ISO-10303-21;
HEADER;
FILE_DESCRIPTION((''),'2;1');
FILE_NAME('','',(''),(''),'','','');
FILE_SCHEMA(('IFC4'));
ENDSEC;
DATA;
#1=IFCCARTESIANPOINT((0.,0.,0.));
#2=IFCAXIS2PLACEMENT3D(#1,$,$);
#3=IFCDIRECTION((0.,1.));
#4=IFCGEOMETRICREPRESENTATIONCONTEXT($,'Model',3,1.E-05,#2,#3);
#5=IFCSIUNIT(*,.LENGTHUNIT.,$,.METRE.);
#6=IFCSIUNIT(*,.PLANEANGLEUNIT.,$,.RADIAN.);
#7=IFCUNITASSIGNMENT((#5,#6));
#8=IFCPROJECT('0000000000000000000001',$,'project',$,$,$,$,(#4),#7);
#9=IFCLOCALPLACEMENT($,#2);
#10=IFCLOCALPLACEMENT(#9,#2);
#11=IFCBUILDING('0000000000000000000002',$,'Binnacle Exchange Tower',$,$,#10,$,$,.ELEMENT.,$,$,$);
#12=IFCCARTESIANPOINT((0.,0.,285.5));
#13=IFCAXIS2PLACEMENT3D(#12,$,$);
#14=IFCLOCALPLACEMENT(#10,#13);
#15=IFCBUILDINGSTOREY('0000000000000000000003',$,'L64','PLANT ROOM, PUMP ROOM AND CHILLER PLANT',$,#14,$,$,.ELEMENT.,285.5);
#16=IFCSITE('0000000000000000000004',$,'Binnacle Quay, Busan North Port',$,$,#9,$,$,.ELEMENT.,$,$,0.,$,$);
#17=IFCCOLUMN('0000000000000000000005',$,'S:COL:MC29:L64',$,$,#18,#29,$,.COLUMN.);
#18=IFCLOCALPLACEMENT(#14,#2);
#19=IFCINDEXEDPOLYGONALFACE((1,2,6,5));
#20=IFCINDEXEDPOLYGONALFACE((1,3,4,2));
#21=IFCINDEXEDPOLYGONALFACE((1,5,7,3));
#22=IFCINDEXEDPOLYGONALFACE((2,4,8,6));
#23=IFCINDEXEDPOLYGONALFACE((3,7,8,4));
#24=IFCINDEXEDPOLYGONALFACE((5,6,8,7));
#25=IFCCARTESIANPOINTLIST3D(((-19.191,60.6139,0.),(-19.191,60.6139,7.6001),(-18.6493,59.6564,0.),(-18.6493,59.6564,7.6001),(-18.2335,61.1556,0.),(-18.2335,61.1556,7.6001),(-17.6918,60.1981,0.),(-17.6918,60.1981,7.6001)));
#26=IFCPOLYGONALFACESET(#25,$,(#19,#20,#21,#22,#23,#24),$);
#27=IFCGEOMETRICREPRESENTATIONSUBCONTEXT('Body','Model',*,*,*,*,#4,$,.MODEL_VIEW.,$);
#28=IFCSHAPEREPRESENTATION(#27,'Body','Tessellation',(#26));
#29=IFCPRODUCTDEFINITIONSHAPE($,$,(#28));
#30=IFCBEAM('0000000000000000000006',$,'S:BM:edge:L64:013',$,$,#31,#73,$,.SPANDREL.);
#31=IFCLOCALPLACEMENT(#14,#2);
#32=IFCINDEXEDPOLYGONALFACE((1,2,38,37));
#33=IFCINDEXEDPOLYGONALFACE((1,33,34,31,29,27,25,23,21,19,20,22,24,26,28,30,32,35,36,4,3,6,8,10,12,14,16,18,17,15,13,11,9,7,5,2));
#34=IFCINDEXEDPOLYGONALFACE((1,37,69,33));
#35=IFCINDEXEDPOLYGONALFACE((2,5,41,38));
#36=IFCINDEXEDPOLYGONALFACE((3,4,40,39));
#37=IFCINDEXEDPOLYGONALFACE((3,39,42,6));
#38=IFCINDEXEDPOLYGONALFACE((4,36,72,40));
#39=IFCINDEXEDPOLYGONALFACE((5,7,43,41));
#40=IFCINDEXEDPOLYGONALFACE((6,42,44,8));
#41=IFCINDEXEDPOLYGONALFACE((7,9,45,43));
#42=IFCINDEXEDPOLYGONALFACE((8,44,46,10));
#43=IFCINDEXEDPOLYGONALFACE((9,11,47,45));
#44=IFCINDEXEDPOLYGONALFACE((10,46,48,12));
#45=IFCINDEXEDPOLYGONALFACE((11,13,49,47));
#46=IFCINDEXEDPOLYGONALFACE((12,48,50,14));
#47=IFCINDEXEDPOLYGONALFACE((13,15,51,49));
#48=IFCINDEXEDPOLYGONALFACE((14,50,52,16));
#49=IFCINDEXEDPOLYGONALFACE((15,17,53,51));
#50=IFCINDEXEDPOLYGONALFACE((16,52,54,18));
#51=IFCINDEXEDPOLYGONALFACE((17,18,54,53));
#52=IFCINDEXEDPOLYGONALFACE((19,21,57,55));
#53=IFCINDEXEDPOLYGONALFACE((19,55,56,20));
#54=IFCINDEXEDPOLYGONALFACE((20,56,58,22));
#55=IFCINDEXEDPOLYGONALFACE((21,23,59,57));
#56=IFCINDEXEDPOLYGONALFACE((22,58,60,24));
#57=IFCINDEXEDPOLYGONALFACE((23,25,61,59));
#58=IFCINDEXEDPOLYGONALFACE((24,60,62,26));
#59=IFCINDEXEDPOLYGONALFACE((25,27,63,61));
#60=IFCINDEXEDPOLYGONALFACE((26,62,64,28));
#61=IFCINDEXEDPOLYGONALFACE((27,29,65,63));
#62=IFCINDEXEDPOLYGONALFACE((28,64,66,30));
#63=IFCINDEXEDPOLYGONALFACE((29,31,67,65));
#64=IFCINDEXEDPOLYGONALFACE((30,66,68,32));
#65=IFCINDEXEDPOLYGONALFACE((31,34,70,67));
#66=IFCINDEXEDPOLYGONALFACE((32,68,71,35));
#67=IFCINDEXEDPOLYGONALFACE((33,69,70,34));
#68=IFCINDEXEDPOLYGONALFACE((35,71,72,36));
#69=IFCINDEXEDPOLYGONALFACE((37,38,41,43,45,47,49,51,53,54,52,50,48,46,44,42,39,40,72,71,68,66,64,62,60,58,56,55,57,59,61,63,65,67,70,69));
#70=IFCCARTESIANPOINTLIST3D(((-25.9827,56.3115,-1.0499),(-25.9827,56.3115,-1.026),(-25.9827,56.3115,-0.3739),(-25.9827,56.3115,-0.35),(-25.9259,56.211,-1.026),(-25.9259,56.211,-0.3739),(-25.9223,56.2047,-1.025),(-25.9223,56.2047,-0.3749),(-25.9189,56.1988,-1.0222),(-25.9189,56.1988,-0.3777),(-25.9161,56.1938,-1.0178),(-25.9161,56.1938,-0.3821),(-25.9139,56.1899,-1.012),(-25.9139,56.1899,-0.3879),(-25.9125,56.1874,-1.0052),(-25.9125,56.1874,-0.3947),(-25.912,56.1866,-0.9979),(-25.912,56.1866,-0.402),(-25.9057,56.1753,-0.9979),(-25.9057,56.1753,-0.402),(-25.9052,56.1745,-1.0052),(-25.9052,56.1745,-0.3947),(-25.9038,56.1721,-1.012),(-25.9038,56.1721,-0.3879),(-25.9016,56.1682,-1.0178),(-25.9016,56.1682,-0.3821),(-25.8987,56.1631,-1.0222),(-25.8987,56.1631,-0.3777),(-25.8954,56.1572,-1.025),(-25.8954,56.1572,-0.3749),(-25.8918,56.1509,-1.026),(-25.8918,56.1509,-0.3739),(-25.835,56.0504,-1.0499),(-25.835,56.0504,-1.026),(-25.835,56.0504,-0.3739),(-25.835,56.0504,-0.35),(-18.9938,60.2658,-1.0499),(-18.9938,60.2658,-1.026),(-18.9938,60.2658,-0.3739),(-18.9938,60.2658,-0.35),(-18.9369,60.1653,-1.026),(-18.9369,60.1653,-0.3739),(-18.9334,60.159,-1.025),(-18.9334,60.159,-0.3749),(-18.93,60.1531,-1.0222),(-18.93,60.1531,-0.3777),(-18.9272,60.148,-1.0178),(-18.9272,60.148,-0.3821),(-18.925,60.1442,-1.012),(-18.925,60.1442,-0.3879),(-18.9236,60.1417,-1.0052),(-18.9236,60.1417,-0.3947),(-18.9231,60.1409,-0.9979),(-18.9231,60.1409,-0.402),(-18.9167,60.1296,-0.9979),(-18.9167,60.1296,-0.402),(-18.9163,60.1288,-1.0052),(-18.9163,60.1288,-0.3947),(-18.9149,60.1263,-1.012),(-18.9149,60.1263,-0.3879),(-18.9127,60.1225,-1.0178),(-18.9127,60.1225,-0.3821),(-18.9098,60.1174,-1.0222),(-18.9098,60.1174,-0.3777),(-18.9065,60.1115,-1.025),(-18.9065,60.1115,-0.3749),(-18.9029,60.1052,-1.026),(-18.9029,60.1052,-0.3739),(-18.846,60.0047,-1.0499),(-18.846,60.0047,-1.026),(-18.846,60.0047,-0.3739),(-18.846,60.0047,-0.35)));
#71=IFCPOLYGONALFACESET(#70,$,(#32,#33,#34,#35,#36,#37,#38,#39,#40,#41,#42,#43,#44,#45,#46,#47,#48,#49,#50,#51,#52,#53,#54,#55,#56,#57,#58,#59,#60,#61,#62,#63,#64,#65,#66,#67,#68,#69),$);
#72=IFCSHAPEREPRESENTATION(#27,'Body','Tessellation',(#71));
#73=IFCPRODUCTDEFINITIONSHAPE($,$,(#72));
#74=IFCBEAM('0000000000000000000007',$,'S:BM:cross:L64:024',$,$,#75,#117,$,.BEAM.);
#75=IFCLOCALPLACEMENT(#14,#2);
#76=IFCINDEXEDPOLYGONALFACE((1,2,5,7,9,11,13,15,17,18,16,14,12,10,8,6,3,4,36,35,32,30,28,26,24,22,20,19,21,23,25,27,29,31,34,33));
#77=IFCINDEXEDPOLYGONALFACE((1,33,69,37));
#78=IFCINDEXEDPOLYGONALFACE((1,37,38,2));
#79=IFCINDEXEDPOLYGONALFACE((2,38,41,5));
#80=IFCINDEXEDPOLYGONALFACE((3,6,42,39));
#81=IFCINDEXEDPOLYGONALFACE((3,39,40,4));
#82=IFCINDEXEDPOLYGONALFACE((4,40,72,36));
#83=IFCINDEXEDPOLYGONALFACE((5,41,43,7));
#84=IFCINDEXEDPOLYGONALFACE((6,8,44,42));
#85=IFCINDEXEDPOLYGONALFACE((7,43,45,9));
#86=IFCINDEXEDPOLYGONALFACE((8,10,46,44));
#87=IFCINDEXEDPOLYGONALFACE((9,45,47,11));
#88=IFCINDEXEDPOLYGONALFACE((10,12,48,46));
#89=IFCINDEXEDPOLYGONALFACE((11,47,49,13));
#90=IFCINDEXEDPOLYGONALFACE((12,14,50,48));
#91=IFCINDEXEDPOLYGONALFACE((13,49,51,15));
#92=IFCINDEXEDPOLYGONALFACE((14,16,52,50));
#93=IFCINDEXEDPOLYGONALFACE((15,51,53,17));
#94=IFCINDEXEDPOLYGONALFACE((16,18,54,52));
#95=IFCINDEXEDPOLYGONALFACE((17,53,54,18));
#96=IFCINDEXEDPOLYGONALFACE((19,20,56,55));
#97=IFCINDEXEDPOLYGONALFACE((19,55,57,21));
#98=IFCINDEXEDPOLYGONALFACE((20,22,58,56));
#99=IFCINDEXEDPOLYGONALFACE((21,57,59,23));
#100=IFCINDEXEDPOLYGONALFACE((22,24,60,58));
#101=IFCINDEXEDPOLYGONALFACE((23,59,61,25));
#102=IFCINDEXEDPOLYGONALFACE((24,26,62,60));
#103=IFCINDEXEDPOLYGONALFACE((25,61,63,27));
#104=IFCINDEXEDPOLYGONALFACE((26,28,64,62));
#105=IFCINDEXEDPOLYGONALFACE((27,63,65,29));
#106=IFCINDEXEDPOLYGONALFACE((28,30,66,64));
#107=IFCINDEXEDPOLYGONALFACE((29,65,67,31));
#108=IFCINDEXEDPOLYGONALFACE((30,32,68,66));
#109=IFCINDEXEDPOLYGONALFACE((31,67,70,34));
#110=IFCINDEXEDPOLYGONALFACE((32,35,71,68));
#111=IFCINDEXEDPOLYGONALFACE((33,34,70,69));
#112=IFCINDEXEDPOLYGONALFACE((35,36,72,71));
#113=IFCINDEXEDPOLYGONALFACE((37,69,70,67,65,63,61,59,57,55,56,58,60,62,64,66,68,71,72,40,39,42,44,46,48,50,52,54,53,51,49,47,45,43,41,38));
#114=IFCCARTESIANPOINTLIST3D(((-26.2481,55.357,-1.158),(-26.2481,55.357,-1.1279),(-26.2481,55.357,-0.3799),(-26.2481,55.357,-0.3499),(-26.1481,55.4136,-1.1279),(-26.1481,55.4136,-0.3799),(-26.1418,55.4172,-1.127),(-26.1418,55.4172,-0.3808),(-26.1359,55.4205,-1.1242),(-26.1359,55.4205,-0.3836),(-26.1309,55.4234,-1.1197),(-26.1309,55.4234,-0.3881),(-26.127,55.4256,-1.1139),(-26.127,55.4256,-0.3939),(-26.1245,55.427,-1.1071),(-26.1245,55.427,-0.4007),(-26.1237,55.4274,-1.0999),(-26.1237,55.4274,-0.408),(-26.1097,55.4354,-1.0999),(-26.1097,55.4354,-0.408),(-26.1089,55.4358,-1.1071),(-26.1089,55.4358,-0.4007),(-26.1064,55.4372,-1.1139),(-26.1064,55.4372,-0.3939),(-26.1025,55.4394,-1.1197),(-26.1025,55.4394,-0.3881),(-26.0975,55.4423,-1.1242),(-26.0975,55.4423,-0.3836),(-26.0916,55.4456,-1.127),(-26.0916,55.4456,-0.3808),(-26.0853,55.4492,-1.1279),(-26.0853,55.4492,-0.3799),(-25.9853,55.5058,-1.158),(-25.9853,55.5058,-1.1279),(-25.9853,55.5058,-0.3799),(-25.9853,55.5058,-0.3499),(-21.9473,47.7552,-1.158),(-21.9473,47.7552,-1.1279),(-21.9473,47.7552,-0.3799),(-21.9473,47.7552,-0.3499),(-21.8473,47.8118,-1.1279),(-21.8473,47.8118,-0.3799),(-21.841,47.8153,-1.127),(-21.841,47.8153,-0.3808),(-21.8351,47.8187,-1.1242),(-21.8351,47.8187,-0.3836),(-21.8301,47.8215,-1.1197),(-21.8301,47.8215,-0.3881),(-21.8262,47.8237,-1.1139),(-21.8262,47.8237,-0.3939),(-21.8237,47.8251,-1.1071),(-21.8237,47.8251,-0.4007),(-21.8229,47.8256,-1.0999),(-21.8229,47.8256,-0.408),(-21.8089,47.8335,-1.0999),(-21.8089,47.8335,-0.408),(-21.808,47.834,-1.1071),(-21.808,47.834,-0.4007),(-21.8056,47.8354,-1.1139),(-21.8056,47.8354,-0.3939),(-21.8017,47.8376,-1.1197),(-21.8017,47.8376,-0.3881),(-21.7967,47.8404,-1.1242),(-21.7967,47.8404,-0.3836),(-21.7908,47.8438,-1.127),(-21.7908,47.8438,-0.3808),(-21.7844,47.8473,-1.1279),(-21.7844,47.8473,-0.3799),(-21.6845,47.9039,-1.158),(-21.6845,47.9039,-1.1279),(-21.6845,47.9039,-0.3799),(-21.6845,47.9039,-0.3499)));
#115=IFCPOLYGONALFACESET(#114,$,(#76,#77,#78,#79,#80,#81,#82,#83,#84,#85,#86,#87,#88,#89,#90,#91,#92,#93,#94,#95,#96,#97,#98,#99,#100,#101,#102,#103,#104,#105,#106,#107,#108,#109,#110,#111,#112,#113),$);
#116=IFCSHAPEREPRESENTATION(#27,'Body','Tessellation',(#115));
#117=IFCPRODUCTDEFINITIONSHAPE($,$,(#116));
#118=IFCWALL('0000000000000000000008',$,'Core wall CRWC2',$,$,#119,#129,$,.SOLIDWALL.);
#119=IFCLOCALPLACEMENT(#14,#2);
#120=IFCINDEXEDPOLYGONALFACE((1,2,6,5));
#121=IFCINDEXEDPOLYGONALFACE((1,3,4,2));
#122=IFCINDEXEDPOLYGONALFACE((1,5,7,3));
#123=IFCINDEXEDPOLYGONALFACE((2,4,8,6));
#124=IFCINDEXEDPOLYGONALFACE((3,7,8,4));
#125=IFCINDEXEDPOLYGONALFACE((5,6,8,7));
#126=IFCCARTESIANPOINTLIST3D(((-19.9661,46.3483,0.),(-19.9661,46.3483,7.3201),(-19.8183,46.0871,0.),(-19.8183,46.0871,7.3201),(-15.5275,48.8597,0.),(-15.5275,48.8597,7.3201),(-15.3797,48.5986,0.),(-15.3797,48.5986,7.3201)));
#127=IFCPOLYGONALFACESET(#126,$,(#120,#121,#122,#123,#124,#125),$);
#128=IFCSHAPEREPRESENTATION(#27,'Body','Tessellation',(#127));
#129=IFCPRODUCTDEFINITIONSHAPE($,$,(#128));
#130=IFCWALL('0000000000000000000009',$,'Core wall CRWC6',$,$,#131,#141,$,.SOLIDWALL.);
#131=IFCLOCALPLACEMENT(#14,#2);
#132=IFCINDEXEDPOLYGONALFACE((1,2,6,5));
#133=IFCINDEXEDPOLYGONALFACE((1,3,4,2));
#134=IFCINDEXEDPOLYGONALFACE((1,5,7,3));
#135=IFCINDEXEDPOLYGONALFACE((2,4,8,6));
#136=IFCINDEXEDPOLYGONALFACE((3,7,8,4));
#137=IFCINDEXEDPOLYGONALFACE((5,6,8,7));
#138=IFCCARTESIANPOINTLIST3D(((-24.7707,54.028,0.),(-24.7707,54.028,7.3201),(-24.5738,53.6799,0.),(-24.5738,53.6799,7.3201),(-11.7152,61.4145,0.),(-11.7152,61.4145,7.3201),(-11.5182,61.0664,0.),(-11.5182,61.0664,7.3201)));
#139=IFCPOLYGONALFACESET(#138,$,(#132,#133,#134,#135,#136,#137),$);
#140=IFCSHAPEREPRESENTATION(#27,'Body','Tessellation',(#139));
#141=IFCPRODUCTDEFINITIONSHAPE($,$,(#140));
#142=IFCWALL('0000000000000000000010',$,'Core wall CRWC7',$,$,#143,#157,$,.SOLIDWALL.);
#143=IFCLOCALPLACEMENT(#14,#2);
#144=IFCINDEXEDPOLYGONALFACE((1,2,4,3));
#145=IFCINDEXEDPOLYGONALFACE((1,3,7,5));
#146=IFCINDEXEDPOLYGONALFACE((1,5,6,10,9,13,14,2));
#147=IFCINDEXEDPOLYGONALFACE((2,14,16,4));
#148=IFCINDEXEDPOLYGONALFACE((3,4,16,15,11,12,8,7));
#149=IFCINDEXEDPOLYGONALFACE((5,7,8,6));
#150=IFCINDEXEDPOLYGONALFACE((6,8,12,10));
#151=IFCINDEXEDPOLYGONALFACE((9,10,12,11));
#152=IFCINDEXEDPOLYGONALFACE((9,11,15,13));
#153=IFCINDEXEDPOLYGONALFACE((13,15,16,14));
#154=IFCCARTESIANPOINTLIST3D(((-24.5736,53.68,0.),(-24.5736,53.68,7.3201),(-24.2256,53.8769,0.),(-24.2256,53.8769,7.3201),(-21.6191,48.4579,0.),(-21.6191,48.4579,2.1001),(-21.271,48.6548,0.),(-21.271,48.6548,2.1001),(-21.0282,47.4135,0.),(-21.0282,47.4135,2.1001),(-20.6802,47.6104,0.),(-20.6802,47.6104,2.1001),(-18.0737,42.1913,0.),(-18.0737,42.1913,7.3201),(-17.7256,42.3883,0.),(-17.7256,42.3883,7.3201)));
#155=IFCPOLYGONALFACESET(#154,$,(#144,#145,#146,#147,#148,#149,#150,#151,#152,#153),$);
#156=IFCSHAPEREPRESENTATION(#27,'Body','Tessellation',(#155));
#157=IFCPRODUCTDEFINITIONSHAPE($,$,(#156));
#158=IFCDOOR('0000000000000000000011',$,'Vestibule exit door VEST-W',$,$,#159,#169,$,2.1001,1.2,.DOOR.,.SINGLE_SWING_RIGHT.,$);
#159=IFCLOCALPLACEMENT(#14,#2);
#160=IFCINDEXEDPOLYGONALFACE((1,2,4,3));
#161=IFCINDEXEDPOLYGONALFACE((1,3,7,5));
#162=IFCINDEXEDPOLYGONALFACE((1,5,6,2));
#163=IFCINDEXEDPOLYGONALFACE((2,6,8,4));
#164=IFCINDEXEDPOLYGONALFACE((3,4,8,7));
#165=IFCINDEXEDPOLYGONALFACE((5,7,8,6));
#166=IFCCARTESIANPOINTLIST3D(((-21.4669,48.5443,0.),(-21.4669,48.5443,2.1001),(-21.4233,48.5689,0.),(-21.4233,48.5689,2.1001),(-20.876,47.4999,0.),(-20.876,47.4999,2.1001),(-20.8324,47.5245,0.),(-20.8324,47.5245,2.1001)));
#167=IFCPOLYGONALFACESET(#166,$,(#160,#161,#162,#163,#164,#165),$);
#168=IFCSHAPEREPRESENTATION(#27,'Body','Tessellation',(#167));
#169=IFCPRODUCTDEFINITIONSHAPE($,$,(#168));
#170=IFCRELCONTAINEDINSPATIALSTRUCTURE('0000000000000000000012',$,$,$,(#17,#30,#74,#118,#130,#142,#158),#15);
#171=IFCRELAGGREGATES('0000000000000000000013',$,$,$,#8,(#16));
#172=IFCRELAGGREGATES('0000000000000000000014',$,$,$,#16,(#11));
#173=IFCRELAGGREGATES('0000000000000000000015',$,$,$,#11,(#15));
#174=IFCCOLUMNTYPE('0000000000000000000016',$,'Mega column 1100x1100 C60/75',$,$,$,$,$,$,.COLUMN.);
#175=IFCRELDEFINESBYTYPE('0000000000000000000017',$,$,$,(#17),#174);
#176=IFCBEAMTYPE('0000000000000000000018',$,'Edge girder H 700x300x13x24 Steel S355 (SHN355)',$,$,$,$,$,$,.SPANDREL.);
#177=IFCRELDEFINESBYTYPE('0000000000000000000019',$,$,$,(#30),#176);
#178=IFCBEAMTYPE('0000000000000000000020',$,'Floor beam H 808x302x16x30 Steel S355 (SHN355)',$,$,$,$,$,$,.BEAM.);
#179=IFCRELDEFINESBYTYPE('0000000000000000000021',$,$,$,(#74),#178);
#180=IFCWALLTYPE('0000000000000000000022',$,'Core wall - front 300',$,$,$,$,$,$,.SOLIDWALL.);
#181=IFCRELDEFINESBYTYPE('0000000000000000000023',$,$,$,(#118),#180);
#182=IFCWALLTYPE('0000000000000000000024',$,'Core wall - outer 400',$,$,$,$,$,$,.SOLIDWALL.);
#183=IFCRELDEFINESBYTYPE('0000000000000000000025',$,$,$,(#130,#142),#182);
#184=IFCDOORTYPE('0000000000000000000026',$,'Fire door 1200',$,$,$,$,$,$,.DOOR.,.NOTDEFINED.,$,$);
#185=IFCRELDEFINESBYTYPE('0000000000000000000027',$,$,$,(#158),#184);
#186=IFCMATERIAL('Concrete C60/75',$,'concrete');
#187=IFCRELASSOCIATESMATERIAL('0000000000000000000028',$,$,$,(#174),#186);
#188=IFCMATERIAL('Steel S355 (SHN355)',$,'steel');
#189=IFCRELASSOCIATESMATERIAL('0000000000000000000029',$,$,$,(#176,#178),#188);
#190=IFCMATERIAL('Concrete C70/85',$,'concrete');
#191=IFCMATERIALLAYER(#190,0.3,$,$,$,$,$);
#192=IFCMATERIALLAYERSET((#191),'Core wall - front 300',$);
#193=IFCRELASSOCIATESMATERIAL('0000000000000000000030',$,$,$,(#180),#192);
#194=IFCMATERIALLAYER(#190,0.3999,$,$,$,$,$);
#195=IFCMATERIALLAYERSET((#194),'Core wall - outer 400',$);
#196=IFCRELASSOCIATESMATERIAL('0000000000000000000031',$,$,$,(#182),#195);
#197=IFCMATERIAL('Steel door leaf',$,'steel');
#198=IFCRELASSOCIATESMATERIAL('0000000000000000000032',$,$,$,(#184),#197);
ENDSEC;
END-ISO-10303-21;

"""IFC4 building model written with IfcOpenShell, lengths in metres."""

from ifc_helpers import new_model, si_unit, direction, frame, frame_2d, origin, origin_2d, place, context, subcontext, project, spatial, rectangle, i_section, extrude, material, layer, layer_set, material_profile, profile_set, type_object, element, fill, save


model = new_model("IFC4")

# Units and contexts
model_context = context("Model", 3, precision=1e-05, world=origin(), true_north=direction((0.0, 1.0)))
body_context = subcontext(model_context, "Body", "Model", "MODEL_VIEW")
ifc_project = project(units=[si_unit("LENGTHUNIT", "METRE"), si_unit("PLANEANGLEUNIT", "RADIAN")], contexts=[model_context])

# Site, building, storey
site_placement = place(None, origin())
site = spatial("IfcSite", under=ifc_project, at=site_placement, Name="Binnacle Quay, Busan North Port", CompositionType="ELEMENT", RefElevation=0.0)
building_placement = place(site_placement, origin())
building = spatial("IfcBuilding", under=site, at=building_placement, Name="Binnacle Exchange Tower", CompositionType="ELEMENT")
storey_placement = place(building_placement, frame((0.0, 0.0, 285.5)))
storey = spatial("IfcBuildingStorey", under=building, at=storey_placement, Name="L64", Description="PLANT ROOM, PUMP ROOM AND CHILLER PLANT", CompositionType="ELEMENT", Elevation=285.5)

# Column
ifc_material_1 = material(Name="Concrete C60/75", Category="concrete")
ifc_material_profile_1 = material_profile(ifc_material_1, rectangle(XDim=1.1001, YDim=1.1001, at=origin_2d()), Name="Mega column 1100x1100 C60/75")
ifc_profile_set_1 = profile_set([ifc_material_profile_1], Name="Concrete C60/75")
column_type = type_object("IfcColumnType", Name="Mega column 1100x1100 C60/75", PredefinedType="COLUMN", material=ifc_profile_set_1)
column_placement = place(storey_placement, frame((-18.4414, 60.406, 0.0), z_axis=(0.0, 0.0, 1.0), x_axis=(-0.870356, -0.492424, 0.0)))
element("IfcColumn", 1, at=column_placement, inside=storey, type_object=column_type, Name="S:COL:MC29:L64", PredefinedType="COLUMN", context=body_context, shape_type="SweptSolid", body=[
    extrude(rectangle(XDim=1.1001, YDim=1.1001, at=origin_2d()), origin(), (0.0, 0.0, 1.0), 7.6001),
])

# Beams
ifc_material_2 = material(Name="Steel S355 (SHN355)", Category="steel")
ifc_material_profile_2 = material_profile(ifc_material_2, i_section(OverallWidth=0.3, OverallDepth=0.7, WebThickness=0.0129, FlangeThickness=0.0239, FilletRadius=0.0281, at=origin_2d()), Name="H 700x300x13x24")
ifc_profile_set_2 = profile_set([ifc_material_profile_2], Name="Steel S355 (SHN355)")
beam_type_1 = type_object("IfcBeamType", Name="Edge girder H 700x300x13x24 Steel S355 (SHN355)", PredefinedType="SPANDREL", material=ifc_profile_set_2)
beam_1_placement = place(storey_placement, frame((-18.9199, 60.1353, -0.7), z_axis=(-0.870348, -0.492438, 0.0), x_axis=(0.492438, -0.870348, 0.0)))
element("IfcBeam", 2, at=beam_1_placement, inside=storey, type_object=beam_type_1, Name="S:BM:edge:L64:013", PredefinedType="SPANDREL", context=body_context, shape_type="SweptSolid", body=[
    extrude(i_section(OverallWidth=0.3, OverallDepth=0.7, WebThickness=0.0129, FlangeThickness=0.0239, FilletRadius=0.0281, at=origin_2d()), origin(), (0.0, 0.0, 1.0), 8.03),
])
ifc_material_profile_3 = material_profile(ifc_material_2, i_section(OverallWidth=0.302, OverallDepth=0.8081, WebThickness=0.0161, FlangeThickness=0.03, FilletRadius=0.0281, at=origin_2d()), Name="H 808x302x16x30")
ifc_profile_set_3 = profile_set([ifc_material_profile_3], Name="Steel S355 (SHN355)")
beam_type_2 = type_object("IfcBeamType", Name="Floor beam H 808x302x16x30 Steel S355 (SHN355)", PredefinedType="BEAM", material=ifc_profile_set_3)
beam_2_placement = place(storey_placement, frame((-26.1167, 55.4314, -0.7539), z_axis=(0.492414, -0.870361, 0.0), x_axis=(0.870361, 0.492414, 0.0)))
element("IfcBeam", 3, at=beam_2_placement, inside=storey, type_object=beam_type_2, Name="S:BM:cross:L64:024", PredefinedType="BEAM", context=body_context, shape_type="SweptSolid", body=[
    extrude(i_section(OverallWidth=0.302, OverallDepth=0.8081, WebThickness=0.0161, FlangeThickness=0.03, FilletRadius=0.0281, at=origin_2d()), origin(), (0.0, 0.0, 1.0), 8.7341),
])

# Walls
ifc_material_3 = material(Name="Concrete C70/85", Category="concrete")
ifc_layer_1 = layer(ifc_material_3, 0.3)
ifc_layer_set_1 = layer_set([ifc_layer_1], Name="Core wall - front 300")
wall_type_1 = type_object("IfcWallType", Name="Core wall - front 300", PredefinedType="SOLIDWALL", material=ifc_layer_set_1)
wall_1_placement = place(storey_placement, frame((-19.8921, 46.2178, 0.0), z_axis=(0.0, 0.0, 1.0), x_axis=(0.870342, 0.492448, 0.0)))
element("IfcWall", 4, at=wall_1_placement, inside=storey, type_object=wall_type_1, Name="Core wall CRWC2", PredefinedType="SOLIDWALL", context=body_context, shape_type="SweptSolid", body=[
    extrude(rectangle(XDim=5.0999, YDim=0.3, at=frame_2d((2.5498, 0.0))), origin(), (0.0, 0.0, 1.0), 7.3201),
])
ifc_layer_2 = layer(ifc_material_3, 0.3999)
ifc_layer_set_2 = layer_set([ifc_layer_2], Name="Core wall - outer 400")
wall_type_2 = type_object("IfcWallType", Name="Core wall - outer 400", PredefinedType="SOLIDWALL", material=ifc_layer_set_2)
wall_2_placement = place(storey_placement, frame((-24.6721, 53.854, 0.0), z_axis=(0.0, 0.0, 1.0), x_axis=(0.870354, 0.492427, 0.0)))
element("IfcWall", 5, at=wall_2_placement, inside=storey, type_object=wall_type_2, Name="Core wall CRWC6", PredefinedType="SOLIDWALL", context=body_context, shape_type="SweptSolid", body=[
    extrude(rectangle(XDim=15.0002, YDim=0.3999, at=frame_2d((7.5, 0.0))), origin(), (0.0, 0.0, 1.0), 7.3201),
])

# Wall, opening, door
wall_3_placement = place(storey_placement, frame((-24.3997, 53.7786, 0.0), z_axis=(0.0, 0.0, 1.0), x_axis=(0.492422, -0.870357, 0.0)))
wall_3 = element("IfcWall", 6, at=wall_3_placement, inside=storey, type_object=wall_type_2, Name="Core wall CRWC7", PredefinedType="SOLIDWALL", context=body_context, shape_type="SweptSolid", body=[
    extrude(rectangle(XDim=13.2, YDim=0.3999, at=frame_2d((6.6001, 0.0))), origin(), (0.0, 0.0, 1.0), 7.3201),
])
opening_1_placement = place(wall_3_placement, frame((6.0, 0.0, 0.0)))
opening_1 = element("IfcOpeningElement", 7, at=opening_1_placement, cuts=wall_3, PredefinedType="OPENING", context=body_context, shape_type="SweptSolid", body=[
    extrude(rectangle(XDim=1.2, YDim=2.1001, at=frame_2d((0.6001, 1.05))), frame((0.0, 0.21, 0.0), z_axis=(0.0, -1.0, 0.0), x_axis=(1.0, 0.0, 0.0)), (0.0, 0.0, 1.0), 0.4199),
])
ifc_material_4 = material(Name="Steel door leaf", Category="steel")
door_type_1 = type_object("IfcDoorType", Name="Fire door 1200", OperationType="NOTDEFINED", PredefinedType="DOOR", material=ifc_material_4)
door_1_placement = place(opening_1_placement, frame((1.2, 0.0, 0.0), z_axis=(0.0, 0.0, 1.0), x_axis=(-1.0, 0.0, 0.0)))
door_1 = element("IfcDoor", 8, at=door_1_placement, inside=storey, type_object=door_type_1, Name="Vestibule exit door VEST-W", OperationType="SINGLE_SWING_RIGHT", OverallHeight=2.1001, OverallWidth=1.2, PredefinedType="DOOR", context=body_context, shape_type="SweptSolid", body=[
    extrude(rectangle(XDim=1.2, YDim=2.1001, at=frame_2d((0.6001, 1.05))), frame((0.0, 0.0249, 0.0), z_axis=(0.0, -1.0, 0.0), x_axis=(1.0, 0.0, 0.0)), (0.0, 0.0, 1.0), 0.05),
])
fill(opening_1, door_1)

save(model, "model.ifc")
